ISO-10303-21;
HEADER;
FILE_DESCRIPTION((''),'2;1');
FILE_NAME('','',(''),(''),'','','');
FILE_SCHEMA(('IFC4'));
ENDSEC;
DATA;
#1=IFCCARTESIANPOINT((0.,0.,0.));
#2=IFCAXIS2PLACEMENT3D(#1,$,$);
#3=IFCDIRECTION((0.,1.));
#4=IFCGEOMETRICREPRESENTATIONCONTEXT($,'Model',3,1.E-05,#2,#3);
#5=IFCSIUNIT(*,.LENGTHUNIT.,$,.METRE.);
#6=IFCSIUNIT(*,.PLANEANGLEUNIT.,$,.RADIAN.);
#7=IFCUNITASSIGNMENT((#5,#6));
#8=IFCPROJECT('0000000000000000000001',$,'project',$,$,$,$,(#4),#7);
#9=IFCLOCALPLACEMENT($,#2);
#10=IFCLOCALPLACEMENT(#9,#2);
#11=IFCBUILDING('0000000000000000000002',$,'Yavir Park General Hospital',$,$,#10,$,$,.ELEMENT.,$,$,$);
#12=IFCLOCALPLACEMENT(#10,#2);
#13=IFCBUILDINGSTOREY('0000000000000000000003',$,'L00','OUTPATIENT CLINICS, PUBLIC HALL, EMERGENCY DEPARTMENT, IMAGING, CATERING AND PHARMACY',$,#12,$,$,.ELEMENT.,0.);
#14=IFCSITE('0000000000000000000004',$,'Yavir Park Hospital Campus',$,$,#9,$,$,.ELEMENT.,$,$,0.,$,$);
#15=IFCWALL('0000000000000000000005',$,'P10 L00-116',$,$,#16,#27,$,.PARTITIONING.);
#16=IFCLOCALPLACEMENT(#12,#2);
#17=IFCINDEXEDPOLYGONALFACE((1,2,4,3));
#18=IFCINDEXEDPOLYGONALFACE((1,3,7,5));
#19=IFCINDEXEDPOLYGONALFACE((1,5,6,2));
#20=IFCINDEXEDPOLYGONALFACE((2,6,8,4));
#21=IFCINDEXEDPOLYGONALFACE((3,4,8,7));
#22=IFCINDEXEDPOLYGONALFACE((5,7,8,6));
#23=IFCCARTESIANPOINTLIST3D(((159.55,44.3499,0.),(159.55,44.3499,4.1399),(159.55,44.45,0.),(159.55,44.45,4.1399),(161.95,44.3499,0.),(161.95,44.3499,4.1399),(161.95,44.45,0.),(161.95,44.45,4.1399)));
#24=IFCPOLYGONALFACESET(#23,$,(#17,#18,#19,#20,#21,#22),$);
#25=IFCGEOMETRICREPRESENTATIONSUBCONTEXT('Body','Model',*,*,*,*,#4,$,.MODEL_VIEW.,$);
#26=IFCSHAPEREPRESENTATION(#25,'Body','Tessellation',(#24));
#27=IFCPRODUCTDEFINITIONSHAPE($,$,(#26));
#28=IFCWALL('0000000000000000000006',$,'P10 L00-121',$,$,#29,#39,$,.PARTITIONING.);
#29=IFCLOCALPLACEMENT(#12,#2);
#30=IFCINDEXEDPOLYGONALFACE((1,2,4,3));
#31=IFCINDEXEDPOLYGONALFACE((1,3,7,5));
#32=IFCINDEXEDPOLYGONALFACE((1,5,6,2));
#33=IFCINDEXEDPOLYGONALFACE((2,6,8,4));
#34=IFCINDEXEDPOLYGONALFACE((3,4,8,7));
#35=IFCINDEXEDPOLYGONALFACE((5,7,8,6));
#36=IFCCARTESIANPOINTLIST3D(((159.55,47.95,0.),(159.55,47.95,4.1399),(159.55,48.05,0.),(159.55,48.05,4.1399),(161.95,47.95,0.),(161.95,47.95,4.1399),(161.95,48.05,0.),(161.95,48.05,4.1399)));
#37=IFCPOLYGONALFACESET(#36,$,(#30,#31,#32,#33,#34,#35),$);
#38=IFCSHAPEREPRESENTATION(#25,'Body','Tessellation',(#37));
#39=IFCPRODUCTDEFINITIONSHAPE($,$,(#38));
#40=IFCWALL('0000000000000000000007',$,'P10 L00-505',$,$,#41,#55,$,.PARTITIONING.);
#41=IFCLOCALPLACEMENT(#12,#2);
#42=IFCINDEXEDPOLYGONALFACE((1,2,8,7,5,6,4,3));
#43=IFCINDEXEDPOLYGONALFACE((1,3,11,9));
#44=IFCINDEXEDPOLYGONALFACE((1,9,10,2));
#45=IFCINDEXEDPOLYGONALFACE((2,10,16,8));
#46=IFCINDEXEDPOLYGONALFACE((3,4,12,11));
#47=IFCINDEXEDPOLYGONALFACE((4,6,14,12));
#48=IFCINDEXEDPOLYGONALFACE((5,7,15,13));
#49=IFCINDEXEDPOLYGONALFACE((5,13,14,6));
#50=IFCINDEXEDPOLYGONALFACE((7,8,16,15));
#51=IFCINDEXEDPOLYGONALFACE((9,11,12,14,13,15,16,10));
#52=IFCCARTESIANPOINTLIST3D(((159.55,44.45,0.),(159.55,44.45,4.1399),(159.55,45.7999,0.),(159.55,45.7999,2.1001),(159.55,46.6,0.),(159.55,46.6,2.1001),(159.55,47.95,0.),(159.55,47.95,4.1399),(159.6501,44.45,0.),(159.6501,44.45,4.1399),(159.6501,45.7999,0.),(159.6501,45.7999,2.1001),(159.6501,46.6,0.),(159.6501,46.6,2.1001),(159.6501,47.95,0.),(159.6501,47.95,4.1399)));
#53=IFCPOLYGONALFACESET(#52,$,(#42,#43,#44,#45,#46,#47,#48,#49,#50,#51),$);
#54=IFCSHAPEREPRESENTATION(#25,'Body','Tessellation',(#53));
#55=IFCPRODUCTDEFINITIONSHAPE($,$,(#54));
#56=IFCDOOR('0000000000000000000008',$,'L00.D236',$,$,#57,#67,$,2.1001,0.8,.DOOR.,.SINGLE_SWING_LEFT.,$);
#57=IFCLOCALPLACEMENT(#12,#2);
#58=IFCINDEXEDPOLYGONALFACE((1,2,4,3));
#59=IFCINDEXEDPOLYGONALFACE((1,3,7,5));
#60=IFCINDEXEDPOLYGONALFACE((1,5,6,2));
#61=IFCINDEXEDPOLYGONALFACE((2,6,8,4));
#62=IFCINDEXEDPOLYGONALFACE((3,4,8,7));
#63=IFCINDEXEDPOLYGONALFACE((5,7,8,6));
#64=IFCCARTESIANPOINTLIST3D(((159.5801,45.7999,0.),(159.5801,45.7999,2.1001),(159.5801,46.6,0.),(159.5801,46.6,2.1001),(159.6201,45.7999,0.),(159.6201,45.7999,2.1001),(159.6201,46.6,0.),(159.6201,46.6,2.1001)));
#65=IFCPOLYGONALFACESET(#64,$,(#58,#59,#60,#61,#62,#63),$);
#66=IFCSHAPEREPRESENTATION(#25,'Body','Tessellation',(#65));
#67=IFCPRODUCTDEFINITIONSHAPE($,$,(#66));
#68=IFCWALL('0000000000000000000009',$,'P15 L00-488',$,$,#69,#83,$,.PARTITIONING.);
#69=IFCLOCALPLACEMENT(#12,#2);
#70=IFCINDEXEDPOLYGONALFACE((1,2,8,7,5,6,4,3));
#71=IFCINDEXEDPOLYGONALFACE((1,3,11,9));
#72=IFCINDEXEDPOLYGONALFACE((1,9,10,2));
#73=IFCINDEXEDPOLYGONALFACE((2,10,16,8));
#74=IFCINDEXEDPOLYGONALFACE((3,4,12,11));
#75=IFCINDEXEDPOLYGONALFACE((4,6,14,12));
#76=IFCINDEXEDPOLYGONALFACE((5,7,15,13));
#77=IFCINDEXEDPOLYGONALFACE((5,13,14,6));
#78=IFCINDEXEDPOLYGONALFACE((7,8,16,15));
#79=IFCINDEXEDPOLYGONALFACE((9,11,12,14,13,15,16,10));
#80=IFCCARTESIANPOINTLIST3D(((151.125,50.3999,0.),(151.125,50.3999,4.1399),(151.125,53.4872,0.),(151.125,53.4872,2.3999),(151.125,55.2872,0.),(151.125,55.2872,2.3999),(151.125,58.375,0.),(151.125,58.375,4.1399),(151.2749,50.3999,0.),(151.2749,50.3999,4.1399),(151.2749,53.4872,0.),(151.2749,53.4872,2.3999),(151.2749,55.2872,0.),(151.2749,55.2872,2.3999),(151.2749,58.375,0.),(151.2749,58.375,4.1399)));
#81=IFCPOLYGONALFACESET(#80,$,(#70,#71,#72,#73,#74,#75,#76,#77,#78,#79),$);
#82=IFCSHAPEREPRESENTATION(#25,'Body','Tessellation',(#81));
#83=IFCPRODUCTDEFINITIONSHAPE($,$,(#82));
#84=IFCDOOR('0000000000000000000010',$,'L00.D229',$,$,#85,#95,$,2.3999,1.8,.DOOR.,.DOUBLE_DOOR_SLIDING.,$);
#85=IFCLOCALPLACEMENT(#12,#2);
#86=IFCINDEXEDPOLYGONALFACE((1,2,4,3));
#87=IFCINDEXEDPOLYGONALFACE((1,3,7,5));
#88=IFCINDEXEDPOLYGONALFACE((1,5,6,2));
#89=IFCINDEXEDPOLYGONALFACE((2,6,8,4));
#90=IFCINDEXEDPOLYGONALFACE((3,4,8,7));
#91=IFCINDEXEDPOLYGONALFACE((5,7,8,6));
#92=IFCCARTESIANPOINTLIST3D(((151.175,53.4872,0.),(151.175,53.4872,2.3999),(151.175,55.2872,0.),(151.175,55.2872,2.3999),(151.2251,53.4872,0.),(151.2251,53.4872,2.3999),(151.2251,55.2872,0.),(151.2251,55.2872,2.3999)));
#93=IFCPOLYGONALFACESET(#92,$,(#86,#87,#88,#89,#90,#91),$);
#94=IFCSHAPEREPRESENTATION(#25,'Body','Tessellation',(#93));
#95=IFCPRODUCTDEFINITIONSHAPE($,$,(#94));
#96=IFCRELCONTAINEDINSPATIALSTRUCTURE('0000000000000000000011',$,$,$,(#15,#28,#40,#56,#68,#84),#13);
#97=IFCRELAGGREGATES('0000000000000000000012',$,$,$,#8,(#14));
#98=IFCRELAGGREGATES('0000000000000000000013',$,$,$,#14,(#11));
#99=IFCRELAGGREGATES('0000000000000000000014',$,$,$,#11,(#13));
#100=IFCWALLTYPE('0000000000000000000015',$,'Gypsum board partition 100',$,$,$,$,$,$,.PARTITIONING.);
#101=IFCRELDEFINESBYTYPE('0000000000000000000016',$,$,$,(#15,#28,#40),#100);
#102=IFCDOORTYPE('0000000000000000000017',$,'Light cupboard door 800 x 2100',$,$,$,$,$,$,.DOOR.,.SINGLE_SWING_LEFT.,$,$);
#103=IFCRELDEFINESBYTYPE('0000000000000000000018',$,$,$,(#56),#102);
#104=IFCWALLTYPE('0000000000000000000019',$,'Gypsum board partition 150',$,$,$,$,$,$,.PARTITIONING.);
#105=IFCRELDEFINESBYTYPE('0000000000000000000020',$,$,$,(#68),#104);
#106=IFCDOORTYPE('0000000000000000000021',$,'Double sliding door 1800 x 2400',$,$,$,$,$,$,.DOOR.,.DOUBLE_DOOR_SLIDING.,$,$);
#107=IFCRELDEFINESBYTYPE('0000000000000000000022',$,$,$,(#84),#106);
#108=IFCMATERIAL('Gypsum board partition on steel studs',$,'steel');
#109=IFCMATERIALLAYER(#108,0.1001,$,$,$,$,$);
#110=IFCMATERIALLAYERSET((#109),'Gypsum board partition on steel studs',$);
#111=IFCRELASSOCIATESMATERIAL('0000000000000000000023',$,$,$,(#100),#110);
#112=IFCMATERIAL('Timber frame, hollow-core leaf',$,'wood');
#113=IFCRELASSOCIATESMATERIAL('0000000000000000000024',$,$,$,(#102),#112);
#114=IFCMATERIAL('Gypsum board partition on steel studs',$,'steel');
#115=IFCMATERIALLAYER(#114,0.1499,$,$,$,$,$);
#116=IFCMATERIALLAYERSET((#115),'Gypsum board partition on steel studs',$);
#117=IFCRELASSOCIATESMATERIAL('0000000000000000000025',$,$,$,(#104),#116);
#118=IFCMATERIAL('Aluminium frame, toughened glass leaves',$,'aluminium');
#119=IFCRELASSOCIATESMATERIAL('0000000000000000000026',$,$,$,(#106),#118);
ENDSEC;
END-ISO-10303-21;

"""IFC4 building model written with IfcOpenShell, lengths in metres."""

from ifc_helpers import new_model, si_unit, direction, frame, frame_2d, origin, place, context, subcontext, project, spatial, rectangle, extrude, material, layer, layer_set, type_object, element, fill, save


model = new_model("IFC4")

# Units and contexts
model_context = context("Model", 3, precision=1e-05, world=origin(), true_north=direction((0.0, 1.0)))
body_context = subcontext(model_context, "Body", "Model", "MODEL_VIEW")
ifc_project = project(units=[si_unit("LENGTHUNIT", "METRE"), si_unit("PLANEANGLEUNIT", "RADIAN")], contexts=[model_context])

# Site, building, storey
site_placement = place(None, origin())
site = spatial("IfcSite", under=ifc_project, at=site_placement, Name="Yavir Park Hospital Campus", CompositionType="ELEMENT", RefElevation=0.0)
building_placement = place(site_placement, origin())
building = spatial("IfcBuilding", under=site, at=building_placement, Name="Yavir Park General Hospital", CompositionType="ELEMENT")
storey_placement = place(building_placement, origin())
storey = spatial("IfcBuildingStorey", under=building, at=storey_placement, Name="L00", Description="OUTPATIENT CLINICS, PUBLIC HALL, EMERGENCY DEPARTMENT, IMAGING, CATERING AND PHARMACY", CompositionType="ELEMENT", Elevation=0.0)

# Walls
ifc_material_1 = material(Name="Gypsum board partition on steel studs", Category="steel")
ifc_layer_1 = layer(ifc_material_1, 0.1001)
ifc_layer_set_1 = layer_set([ifc_layer_1], Name="Gypsum board partition on steel studs")
wall_type_1 = type_object("IfcWallType", Name="Gypsum board partition 100", PredefinedType="PARTITIONING", material=ifc_layer_set_1)
for number, where, z_axis, x_axis, name in (
    (1, (159.55, 44.3999, 0.0), (0.0, 0.0, 1.0), (1.0, 0.0, 0.0), "P10 L00-116"),
    (2, (159.55, 48.0, 0.0), (0.0, 0.0, 1.0), (1.0, 0.0, 0.0), "P10 L00-121"),
):
    element("IfcWall", number, at=place(storey_placement, frame(where, z_axis=z_axis, x_axis=x_axis)), inside=storey, type_object=wall_type_1, Name=name, PredefinedType="PARTITIONING", context=body_context, shape_type="SweptSolid", body=[
        extrude(rectangle(XDim=2.3999, YDim=0.1001, at=frame_2d((1.2, 0.0))), origin(), (0.0, 0.0, 1.0), 4.1399),
    ])

# Walls, openings, doors
wall_1_placement = place(storey_placement, frame((159.6001, 44.45, 0.0), z_axis=(0.0, 0.0, 1.0), x_axis=(0.0, 1.0, 0.0)))
wall_1 = element("IfcWall", 3, at=wall_1_placement, inside=storey, type_object=wall_type_1, Name="P10 L00-505", PredefinedType="PARTITIONING", context=body_context, shape_type="SweptSolid", body=[
    extrude(rectangle(XDim=3.5, YDim=0.1001, at=frame_2d((1.75, 0.0))), origin(), (0.0, 0.0, 1.0), 4.1399),
])
opening_1_placement = place(wall_1_placement, frame((1.3501, 0.0, 0.0)))
opening_1 = element("IfcOpeningElement", 4, at=opening_1_placement, cuts=wall_1, PredefinedType="OPENING", context=body_context, shape_type="SweptSolid", body=[
    extrude(rectangle(XDim=0.8, YDim=2.1001, at=frame_2d((0.3999, 1.05))), frame((0.0, 0.0601, 0.0), z_axis=(0.0, -1.0, 0.0), x_axis=(1.0, 0.0, 0.0)), (0.0, 0.0, 1.0), 0.1201),
])
ifc_material_2 = material(Name="Timber frame, hollow-core leaf", Category="wood")
door_type_1 = type_object("IfcDoorType", Name="Light cupboard door 800 x 2100", OperationType="SINGLE_SWING_LEFT", PredefinedType="DOOR", material=ifc_material_2)
door_1_placement = place(opening_1_placement, origin())
door_1 = element("IfcDoor", 5, at=door_1_placement, inside=storey, type_object=door_type_1, Name="L00.D236", OperationType="SINGLE_SWING_LEFT", OverallHeight=2.1001, OverallWidth=0.8, PredefinedType="DOOR", context=body_context, shape_type="SweptSolid", body=[
    extrude(rectangle(XDim=0.8, YDim=2.1001, at=frame_2d((0.3999, 1.05))), frame((0.0, 0.02, 0.0), z_axis=(0.0, -1.0, 0.0), x_axis=(1.0, 0.0, 0.0)), (0.0, 0.0, 1.0), 0.04),
])
fill(opening_1, door_1)
ifc_material_3 = material(Name="Gypsum board partition on steel studs", Category="steel")
ifc_layer_2 = layer(ifc_material_3, 0.1499)
ifc_layer_set_2 = layer_set([ifc_layer_2], Name="Gypsum board partition on steel studs")
wall_type_2 = type_object("IfcWallType", Name="Gypsum board partition 150", PredefinedType="PARTITIONING", material=ifc_layer_set_2)
wall_2_placement = place(storey_placement, frame((151.2, 50.3999, 0.0), z_axis=(0.0, 0.0, 1.0), x_axis=(0.0, 1.0, 0.0)))
wall_2 = element("IfcWall", 6, at=wall_2_placement, inside=storey, type_object=wall_type_2, Name="P15 L00-488", PredefinedType="PARTITIONING", context=body_context, shape_type="SweptSolid", body=[
    extrude(rectangle(XDim=7.9751, YDim=0.1499, at=frame_2d((3.9875, 0.0))), origin(), (0.0, 0.0, 1.0), 4.1399),
])
opening_2_placement = place(wall_2_placement, frame((3.0874, 0.0, 0.0)))
opening_2 = element("IfcOpeningElement", 7, at=opening_2_placement, cuts=wall_2, PredefinedType="OPENING", context=body_context, shape_type="SweptSolid", body=[
    extrude(rectangle(XDim=1.8, YDim=2.3999, at=frame_2d((0.8999, 1.2))), frame((0.0, 0.085, 0.0), z_axis=(0.0, -1.0, 0.0), x_axis=(1.0, 0.0, 0.0)), (0.0, 0.0, 1.0), 0.1699),
])
ifc_material_4 = material(Name="Aluminium frame, toughened glass leaves", Category="aluminium")
door_type_2 = type_object("IfcDoorType", Name="Double sliding door 1800 x 2400", OperationType="DOUBLE_DOOR_SLIDING", PredefinedType="DOOR", material=ifc_material_4)
door_2_placement = place(opening_2_placement, origin())
door_2 = element("IfcDoor", 8, at=door_2_placement, inside=storey, type_object=door_type_2, Name="L00.D229", OperationType="DOUBLE_DOOR_SLIDING", OverallHeight=2.3999, OverallWidth=1.8, PredefinedType="DOOR", context=body_context, shape_type="SweptSolid", body=[
    extrude(rectangle(XDim=1.8, YDim=2.3999, at=frame_2d((0.8999, 1.2))), frame((0.0, 0.0249, 0.0), z_axis=(0.0, -1.0, 0.0), x_axis=(1.0, 0.0, 0.0)), (0.0, 0.0, 1.0), 0.05),
])
fill(opening_2, door_2)

save(model, "model.ifc")
